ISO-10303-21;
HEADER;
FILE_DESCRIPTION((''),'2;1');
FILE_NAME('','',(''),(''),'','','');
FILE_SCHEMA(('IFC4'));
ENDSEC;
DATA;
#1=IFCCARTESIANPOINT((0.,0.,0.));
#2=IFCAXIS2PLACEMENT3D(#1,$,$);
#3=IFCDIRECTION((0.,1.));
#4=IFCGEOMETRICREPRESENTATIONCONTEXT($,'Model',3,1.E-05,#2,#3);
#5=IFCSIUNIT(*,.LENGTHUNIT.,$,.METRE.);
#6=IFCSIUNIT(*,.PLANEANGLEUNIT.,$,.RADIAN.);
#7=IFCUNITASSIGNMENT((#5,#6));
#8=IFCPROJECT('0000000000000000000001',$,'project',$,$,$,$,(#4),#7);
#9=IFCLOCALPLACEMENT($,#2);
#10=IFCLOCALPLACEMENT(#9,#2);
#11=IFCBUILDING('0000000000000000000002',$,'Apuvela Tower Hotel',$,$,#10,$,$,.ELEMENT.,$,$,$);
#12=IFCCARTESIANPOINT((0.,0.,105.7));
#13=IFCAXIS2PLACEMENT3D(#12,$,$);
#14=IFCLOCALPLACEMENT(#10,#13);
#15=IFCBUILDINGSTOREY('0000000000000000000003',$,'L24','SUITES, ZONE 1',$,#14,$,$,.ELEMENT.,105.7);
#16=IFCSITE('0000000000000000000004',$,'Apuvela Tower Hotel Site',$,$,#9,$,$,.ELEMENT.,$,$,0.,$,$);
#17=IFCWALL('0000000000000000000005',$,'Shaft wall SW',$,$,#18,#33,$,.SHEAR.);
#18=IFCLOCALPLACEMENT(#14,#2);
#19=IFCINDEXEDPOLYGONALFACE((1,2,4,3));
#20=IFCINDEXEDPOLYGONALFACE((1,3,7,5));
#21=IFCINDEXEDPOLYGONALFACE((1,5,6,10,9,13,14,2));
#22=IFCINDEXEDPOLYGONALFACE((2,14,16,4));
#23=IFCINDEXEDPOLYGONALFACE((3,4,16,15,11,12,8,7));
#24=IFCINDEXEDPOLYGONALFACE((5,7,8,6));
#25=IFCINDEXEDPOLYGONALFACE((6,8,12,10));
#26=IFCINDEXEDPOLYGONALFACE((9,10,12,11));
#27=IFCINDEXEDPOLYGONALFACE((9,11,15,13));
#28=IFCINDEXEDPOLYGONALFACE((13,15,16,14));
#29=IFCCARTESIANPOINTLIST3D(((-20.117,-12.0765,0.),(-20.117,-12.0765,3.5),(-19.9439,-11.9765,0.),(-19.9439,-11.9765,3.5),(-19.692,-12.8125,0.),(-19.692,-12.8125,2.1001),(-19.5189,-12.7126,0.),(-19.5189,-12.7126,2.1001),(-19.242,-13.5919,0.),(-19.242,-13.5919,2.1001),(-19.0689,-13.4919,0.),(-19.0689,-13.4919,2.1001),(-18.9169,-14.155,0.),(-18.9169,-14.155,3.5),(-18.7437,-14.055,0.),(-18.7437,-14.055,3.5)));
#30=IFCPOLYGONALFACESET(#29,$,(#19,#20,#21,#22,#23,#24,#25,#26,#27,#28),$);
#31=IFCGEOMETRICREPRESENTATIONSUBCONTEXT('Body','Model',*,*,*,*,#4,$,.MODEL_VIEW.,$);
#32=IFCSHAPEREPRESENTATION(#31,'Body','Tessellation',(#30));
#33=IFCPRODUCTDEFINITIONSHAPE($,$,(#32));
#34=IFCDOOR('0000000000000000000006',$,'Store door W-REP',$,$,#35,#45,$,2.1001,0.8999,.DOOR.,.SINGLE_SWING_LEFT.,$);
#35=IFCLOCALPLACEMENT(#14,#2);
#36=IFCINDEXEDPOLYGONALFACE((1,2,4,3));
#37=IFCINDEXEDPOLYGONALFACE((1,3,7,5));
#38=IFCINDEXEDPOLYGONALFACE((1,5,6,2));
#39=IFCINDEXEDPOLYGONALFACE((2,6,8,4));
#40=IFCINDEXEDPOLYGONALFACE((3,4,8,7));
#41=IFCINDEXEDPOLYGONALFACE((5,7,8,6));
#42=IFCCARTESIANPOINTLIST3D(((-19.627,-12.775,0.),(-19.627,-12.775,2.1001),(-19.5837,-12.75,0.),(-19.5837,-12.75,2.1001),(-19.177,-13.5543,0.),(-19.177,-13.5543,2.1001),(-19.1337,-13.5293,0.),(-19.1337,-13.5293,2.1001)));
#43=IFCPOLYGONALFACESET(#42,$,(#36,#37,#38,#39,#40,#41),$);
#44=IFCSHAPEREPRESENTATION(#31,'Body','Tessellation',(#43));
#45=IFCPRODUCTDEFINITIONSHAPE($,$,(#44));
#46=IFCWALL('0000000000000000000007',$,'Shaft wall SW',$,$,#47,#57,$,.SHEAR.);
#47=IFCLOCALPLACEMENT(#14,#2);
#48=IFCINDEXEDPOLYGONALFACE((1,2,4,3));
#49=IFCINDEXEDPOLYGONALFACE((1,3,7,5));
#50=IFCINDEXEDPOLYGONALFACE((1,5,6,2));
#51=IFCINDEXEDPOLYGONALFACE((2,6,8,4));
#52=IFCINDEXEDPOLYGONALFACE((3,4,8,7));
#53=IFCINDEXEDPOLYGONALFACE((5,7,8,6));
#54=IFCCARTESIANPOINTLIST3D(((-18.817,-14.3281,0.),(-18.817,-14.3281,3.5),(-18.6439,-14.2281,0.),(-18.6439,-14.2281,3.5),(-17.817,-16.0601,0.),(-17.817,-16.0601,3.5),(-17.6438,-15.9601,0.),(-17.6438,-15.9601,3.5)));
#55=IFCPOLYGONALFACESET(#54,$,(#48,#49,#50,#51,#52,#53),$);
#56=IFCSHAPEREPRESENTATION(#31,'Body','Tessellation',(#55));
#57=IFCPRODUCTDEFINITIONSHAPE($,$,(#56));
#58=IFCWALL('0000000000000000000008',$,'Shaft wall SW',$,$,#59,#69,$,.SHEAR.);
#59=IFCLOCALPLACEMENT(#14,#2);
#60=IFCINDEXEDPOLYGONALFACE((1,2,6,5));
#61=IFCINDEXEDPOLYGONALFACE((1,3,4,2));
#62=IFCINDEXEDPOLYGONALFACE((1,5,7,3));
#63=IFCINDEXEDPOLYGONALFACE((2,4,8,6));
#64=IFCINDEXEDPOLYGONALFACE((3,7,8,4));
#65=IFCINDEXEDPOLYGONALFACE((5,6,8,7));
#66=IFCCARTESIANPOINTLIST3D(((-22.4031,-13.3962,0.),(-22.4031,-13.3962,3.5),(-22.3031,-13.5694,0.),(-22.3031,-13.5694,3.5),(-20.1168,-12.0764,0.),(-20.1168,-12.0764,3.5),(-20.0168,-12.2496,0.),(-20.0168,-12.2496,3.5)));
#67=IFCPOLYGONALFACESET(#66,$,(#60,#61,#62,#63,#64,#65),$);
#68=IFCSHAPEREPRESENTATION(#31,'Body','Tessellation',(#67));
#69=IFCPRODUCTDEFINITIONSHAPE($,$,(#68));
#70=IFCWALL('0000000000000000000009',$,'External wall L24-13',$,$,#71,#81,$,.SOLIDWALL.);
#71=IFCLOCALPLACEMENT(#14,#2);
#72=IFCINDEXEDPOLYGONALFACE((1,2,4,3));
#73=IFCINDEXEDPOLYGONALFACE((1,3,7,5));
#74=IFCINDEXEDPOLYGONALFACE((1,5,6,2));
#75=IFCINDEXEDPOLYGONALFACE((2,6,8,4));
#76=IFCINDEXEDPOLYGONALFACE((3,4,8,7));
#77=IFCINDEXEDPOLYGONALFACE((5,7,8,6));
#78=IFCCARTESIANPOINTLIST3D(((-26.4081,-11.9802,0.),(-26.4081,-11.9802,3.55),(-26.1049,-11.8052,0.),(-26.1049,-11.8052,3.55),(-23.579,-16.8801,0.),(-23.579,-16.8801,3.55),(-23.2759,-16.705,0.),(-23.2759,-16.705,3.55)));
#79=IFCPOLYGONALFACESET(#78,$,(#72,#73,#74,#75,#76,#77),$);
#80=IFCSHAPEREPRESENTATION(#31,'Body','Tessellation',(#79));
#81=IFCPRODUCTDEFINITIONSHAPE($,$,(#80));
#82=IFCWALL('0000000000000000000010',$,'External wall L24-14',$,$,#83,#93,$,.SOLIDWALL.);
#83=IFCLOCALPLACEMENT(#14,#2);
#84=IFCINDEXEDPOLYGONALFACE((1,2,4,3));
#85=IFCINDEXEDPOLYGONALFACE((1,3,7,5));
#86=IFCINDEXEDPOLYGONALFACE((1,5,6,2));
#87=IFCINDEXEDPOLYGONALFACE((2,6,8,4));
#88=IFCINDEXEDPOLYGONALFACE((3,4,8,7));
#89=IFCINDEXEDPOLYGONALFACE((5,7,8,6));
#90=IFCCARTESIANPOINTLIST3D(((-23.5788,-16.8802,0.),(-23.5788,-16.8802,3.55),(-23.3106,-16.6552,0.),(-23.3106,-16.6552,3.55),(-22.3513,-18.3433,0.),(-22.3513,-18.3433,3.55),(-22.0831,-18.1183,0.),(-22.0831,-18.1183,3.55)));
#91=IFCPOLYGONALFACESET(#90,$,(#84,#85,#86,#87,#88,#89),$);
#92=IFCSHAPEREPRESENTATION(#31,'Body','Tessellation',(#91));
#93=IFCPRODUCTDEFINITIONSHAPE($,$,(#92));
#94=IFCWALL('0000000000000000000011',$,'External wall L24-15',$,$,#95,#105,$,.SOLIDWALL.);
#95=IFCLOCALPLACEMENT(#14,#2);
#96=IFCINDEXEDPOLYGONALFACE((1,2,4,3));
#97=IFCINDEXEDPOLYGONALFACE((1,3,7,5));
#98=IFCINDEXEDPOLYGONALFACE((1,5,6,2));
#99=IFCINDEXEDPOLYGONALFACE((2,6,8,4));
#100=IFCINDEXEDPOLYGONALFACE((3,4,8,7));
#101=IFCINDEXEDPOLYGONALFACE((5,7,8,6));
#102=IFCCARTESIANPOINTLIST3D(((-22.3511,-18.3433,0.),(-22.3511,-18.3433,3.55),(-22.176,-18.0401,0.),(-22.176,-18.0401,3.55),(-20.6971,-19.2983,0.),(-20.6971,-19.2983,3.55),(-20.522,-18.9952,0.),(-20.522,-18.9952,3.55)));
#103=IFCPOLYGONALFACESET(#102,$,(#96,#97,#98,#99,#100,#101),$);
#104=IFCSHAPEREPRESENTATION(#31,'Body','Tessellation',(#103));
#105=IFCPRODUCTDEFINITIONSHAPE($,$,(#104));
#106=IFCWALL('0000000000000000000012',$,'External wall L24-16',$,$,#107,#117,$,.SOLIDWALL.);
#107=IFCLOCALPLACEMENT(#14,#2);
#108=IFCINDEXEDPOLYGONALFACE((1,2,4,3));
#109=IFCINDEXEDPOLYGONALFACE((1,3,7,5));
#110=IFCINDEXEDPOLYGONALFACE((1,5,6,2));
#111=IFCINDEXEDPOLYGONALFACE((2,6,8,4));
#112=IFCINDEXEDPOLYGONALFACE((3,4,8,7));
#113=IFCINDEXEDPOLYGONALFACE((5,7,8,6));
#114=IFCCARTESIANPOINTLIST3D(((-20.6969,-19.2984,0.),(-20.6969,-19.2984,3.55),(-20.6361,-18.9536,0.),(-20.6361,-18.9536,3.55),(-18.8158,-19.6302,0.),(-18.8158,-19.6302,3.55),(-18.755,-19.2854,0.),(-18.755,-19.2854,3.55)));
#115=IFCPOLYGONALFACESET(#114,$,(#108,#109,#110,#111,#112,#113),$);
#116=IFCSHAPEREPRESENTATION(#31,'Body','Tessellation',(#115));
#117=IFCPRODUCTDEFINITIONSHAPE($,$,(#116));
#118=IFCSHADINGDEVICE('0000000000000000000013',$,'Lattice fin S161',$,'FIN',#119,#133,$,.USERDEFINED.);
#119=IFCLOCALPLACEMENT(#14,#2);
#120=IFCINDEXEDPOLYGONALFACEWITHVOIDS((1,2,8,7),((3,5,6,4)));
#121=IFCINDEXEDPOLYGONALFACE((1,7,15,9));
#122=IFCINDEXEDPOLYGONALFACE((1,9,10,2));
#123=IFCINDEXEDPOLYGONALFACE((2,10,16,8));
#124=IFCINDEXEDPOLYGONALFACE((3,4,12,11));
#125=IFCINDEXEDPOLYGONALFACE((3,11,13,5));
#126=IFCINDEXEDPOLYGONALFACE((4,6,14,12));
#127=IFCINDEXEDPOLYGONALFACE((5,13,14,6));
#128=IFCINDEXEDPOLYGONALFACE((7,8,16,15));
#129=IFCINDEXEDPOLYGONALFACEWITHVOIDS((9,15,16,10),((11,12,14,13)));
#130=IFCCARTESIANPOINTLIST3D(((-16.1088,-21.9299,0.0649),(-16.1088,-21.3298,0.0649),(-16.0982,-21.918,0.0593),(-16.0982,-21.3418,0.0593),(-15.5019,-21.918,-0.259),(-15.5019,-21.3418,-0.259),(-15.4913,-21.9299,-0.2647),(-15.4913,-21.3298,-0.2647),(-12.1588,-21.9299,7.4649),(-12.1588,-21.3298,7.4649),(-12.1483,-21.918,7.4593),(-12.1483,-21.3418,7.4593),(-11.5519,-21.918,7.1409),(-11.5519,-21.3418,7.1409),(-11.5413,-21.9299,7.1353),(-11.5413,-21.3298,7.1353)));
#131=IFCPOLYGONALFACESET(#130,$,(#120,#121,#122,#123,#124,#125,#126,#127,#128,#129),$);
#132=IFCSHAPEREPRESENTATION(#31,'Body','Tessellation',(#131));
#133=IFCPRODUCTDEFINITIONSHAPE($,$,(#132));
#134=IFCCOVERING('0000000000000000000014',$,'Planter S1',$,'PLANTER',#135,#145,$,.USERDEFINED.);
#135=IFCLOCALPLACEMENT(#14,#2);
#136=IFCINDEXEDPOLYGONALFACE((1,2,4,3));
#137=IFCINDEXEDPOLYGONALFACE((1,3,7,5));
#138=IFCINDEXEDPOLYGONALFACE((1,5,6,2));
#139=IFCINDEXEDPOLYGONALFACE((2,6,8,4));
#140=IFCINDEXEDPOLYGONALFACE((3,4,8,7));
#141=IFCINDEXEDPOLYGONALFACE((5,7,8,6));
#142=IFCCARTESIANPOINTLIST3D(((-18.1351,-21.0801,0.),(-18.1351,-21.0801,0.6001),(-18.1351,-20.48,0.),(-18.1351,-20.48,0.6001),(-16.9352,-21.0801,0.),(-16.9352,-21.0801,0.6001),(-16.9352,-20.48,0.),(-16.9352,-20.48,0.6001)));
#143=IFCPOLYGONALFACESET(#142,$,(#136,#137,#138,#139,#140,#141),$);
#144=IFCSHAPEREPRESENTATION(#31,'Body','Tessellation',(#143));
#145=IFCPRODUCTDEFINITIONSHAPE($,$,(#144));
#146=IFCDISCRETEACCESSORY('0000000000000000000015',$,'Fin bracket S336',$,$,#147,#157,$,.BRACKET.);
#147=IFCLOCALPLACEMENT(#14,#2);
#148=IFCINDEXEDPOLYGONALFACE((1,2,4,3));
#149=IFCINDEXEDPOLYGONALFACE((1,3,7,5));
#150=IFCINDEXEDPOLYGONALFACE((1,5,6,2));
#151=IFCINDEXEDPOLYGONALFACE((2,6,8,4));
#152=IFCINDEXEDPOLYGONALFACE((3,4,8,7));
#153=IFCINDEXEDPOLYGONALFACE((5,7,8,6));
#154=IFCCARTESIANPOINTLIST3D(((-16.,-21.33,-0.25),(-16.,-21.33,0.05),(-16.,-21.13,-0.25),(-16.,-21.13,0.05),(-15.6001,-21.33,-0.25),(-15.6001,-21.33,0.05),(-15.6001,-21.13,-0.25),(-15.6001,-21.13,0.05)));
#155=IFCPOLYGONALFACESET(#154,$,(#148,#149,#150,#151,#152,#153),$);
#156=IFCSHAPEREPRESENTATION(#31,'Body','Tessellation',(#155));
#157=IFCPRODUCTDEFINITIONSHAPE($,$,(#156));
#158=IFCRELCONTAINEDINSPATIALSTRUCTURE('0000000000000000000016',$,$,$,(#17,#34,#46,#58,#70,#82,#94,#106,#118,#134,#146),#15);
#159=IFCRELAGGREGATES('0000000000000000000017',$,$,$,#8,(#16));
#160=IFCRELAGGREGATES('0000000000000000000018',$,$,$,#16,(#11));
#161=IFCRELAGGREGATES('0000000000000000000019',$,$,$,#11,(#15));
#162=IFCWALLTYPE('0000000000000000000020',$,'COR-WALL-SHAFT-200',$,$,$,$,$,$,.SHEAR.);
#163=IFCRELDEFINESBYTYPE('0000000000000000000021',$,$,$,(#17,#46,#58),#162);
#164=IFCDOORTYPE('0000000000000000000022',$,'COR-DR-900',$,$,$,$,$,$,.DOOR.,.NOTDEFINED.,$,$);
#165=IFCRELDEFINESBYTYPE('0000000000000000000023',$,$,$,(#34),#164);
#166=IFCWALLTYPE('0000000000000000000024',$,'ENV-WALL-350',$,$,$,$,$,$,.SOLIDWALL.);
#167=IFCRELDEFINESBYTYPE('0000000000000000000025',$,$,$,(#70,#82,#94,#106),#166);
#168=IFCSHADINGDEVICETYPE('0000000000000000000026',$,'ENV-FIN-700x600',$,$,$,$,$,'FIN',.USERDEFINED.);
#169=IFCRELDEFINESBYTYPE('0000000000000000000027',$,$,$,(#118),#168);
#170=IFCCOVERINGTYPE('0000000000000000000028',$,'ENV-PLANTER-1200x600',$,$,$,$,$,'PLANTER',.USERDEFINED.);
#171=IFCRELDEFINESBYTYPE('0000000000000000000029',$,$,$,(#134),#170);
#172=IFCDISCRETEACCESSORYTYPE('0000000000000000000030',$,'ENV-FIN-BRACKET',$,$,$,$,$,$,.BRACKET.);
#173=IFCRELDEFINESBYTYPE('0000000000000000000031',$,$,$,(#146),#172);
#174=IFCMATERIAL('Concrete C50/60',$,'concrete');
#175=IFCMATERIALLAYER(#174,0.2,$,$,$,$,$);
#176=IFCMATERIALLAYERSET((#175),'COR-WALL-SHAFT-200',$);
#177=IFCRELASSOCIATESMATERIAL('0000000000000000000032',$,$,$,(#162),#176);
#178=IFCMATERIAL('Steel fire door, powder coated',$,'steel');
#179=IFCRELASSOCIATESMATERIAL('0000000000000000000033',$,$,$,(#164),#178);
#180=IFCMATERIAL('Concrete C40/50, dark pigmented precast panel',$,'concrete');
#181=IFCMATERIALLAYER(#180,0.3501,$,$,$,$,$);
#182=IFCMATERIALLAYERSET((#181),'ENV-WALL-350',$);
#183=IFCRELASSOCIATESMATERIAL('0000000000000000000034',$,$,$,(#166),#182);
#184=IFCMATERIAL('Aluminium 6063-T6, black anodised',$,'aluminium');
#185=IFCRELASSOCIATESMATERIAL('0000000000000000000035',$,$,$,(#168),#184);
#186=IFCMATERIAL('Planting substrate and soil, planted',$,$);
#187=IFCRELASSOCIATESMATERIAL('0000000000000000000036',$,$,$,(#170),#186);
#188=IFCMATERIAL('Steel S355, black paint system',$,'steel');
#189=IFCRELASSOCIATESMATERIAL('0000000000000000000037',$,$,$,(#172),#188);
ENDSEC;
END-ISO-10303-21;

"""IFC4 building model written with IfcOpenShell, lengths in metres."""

from ifc_helpers import new_model, si_unit, direction, frame, frame_2d, origin, origin_2d, place, context, subcontext, project, spatial, rectangle, hollow_rectangle, extrude, material, layer, layer_set, material_profile, profile_set, type_object, element, fill, save


model = new_model("IFC4")

# Units and contexts
model_context = context("Model", 3, precision=1e-05, world=origin(), true_north=direction((0.0, 1.0)))
body_context = subcontext(model_context, "Body", "Model", "MODEL_VIEW")
ifc_project = project(units=[si_unit("LENGTHUNIT", "METRE"), si_unit("PLANEANGLEUNIT", "RADIAN")], contexts=[model_context])

# Site, building, storey
site_placement = place(None, origin())
site = spatial("IfcSite", under=ifc_project, at=site_placement, Name="Apuvela Tower Hotel Site", CompositionType="ELEMENT", RefElevation=0.0)
building_placement = place(site_placement, origin())
building = spatial("IfcBuilding", under=site, at=building_placement, Name="Apuvela Tower Hotel", CompositionType="ELEMENT")
storey_placement = place(building_placement, frame((0.0, 0.0, 105.7)))
storey = spatial("IfcBuildingStorey", under=building, at=storey_placement, Name="L24", Description="SUITES, ZONE 1", CompositionType="ELEMENT", Elevation=105.7)

# Wall, opening, door
ifc_material_1 = material(Name="Concrete C50/60", Category="concrete")
ifc_layer_1 = layer(ifc_material_1, 0.2)
ifc_layer_set_1 = layer_set([ifc_layer_1], Name="COR-WALL-SHAFT-200")
wall_type_1 = type_object("IfcWallType", Name="COR-WALL-SHAFT-200", PredefinedType="SHEAR", material=ifc_layer_set_1)
wall_1_placement = place(storey_placement, frame((-20.0305, -12.0264, 0.0), z_axis=(0.0, 0.0, 1.0), x_axis=(0.500034, -0.866006, 0.0)))
wall_1 = element("IfcWall", 1, at=wall_1_placement, inside=storey, type_object=wall_type_1, Name="Shaft wall SW", PredefinedType="SHEAR", context=body_context, shape_type="SweptSolid", body=[
    extrude(rectangle(XDim=2.4001, YDim=0.2, at=frame_2d((1.2002, 0.0))), origin(), (0.0, 0.0, 1.0), 3.5),
])
opening_1_placement = place(wall_1_placement, frame((0.8501, 0.0, 0.0)))
opening_1 = element("IfcOpeningElement", 2, at=opening_1_placement, cuts=wall_1, PredefinedType="OPENING", context=body_context, shape_type="SweptSolid", body=[
    extrude(rectangle(XDim=0.8999, YDim=2.1001, at=frame_2d((0.45, 1.05))), frame((0.0, 0.1099, 0.0), z_axis=(0.0, -1.0, 0.0), x_axis=(1.0, 0.0, 0.0)), (0.0, 0.0, 1.0), 0.22),
])
ifc_material_2 = material(Name="Steel fire door, powder coated", Category="steel")
door_type_1 = type_object("IfcDoorType", Name="COR-DR-900", OperationType="NOTDEFINED", PredefinedType="DOOR", material=ifc_material_2)
door_1_placement = place(opening_1_placement, frame((0.8999, 0.0, 0.0), z_axis=(0.0, 0.0, 1.0), x_axis=(-1.0, 0.0, 0.0)))
door_1 = element("IfcDoor", 3, at=door_1_placement, inside=storey, type_object=door_type_1, Name="Store door W-REP", OperationType="SINGLE_SWING_LEFT", OverallHeight=2.1001, OverallWidth=0.8999, PredefinedType="DOOR", context=body_context, shape_type="SweptSolid", body=[
    extrude(rectangle(XDim=0.8999, YDim=2.1001, at=frame_2d((0.45, 1.05))), frame((0.0, 0.0249, 0.0), z_axis=(0.0, -1.0, 0.0), x_axis=(1.0, 0.0, 0.0)), (0.0, 0.0, 1.0), 0.05),
])
fill(opening_1, door_1)

# Walls
wall_2_placement = place(storey_placement, frame((-18.7305, -14.2781, 0.0), z_axis=(0.0, 0.0, 1.0), x_axis=(0.500025, -0.866011, 0.0)))
element("IfcWall", 4, at=wall_2_placement, inside=storey, type_object=wall_type_1, Name="Shaft wall SW", PredefinedType="SHEAR", context=body_context, shape_type="SweptSolid", body=[
    extrude(rectangle(XDim=2.0, YDim=0.2, at=frame_2d((1.0, 0.0))), origin(), (0.0, 0.0, 1.0), 3.5),
])
wall_3_placement = place(storey_placement, frame((-20.0669, -12.1631, 0.0), z_axis=(0.0, 0.0, 1.0), x_axis=(-0.866061, -0.499939, 0.0)))
element("IfcWall", 5, at=wall_3_placement, inside=storey, type_object=wall_type_1, Name="Shaft wall SW", PredefinedType="SHEAR", context=body_context, shape_type="SweptSolid", body=[
    extrude(rectangle(XDim=2.6399, YDim=0.2, at=frame_2d((1.3198, 0.0))), origin(), (0.0, 0.0, 1.0), 3.5),
])
ifc_material_3 = material(Name="Concrete C40/50, dark pigmented precast panel", Category="concrete")
ifc_layer_2 = layer(ifc_material_3, 0.3501)
ifc_layer_set_2 = layer_set([ifc_layer_2], Name="ENV-WALL-350")
wall_type_2 = type_object("IfcWallType", Name="ENV-WALL-350", PredefinedType="SOLIDWALL", material=ifc_layer_set_2)
wall_4_placement = place(storey_placement, frame((-26.2566, -11.8926, 0.0), z_axis=(0.0, 0.0, 1.0), x_axis=(0.500019, -0.866015, 0.0)))
element("IfcWall", 6, at=wall_4_placement, inside=storey, type_object=wall_type_2, Name="External wall L24-13", PredefinedType="SOLIDWALL", context=body_context, shape_type="SweptSolid", body=[
    extrude(rectangle(XDim=5.658, YDim=0.3501, at=frame_2d((2.8291, 0.0))), origin(), (0.0, 0.0, 1.0), 3.55),
])
for number, where, z_axis, x_axis, name in (
    (7, (-23.4448, -16.7676, 0.0), (0.0, 0.0, 1.0), (0.642733, -0.76609, 0.0), "External wall L24-14"),
    (8, (-22.2637, -18.1917, 0.0), (0.0, 0.0, 1.0), (0.866, -0.500043, 0.0), "External wall L24-15"),
):
    element("IfcWall", number, at=place(storey_placement, frame(where, z_axis=z_axis, x_axis=x_axis)), inside=storey, type_object=wall_type_2, Name=name, PredefinedType="SOLIDWALL", context=body_context, shape_type="SweptSolid", body=[
        extrude(rectangle(XDim=1.9099, YDim=0.3501, at=frame_2d((0.9551, 0.0))), origin(), (0.0, 0.0, 1.0), 3.55),
    ])
wall_5_placement = place(storey_placement, frame((-20.6665, -19.126, 0.0), z_axis=(0.0, 0.0, 1.0), x_axis=(0.984799, -0.173698, 0.0)))
element("IfcWall", 9, at=wall_5_placement, inside=storey, type_object=wall_type_2, Name="External wall L24-16", PredefinedType="SOLIDWALL", context=body_context, shape_type="SweptSolid", body=[
    extrude(rectangle(XDim=1.9102, YDim=0.3501, at=frame_2d((0.9551, 0.0))), origin(), (0.0, 0.0, 1.0), 3.55),
])

# Shading device
ifc_material_4 = material(Name="Aluminium 6063-T6, black anodised", Category="aluminium")
ifc_material_profile_1 = material_profile(ifc_material_4, hollow_rectangle(XDim=0.6001, YDim=0.7, WallThickness=0.012, at=origin_2d()), Name="AL BOX 700x600x12")
ifc_profile_set_1 = profile_set([ifc_material_profile_1], Name="Aluminium 6063-T6, black anodised")
shading_device_type = type_object("IfcShadingDeviceType", Name="ENV-FIN-700x600", ElementType="FIN", PredefinedType="USERDEFINED", material=ifc_profile_set_1)
shading_device_placement = place(storey_placement, frame((-15.8, -21.6299, -0.0999), z_axis=(0.470898, 0.0, 0.882188), x_axis=(0.0, 1.0, 0.0)))
element("IfcShadingDevice", 10, at=shading_device_placement, inside=storey, type_object=shading_device_type, Name="Lattice fin S161", ObjectType="FIN", PredefinedType="USERDEFINED", context=body_context, shape_type="SweptSolid", body=[
    extrude(hollow_rectangle(XDim=0.6001, YDim=0.7, WallThickness=0.012, at=origin_2d()), origin(), (0.0, 0.0, 1.0), 8.3882),
])

# Covering
ifc_material_5 = material(Name="Planting substrate and soil, planted")
covering_type = type_object("IfcCoveringType", Name="ENV-PLANTER-1200x600", ElementType="PLANTER", PredefinedType="USERDEFINED", material=ifc_material_5)
covering_placement = place(storey_placement, frame((-17.5352, -20.78, 0.0), z_axis=(0.0, 0.0, 1.0), x_axis=(1.0, 0.0, 0.0)))
element("IfcCovering", 11, at=covering_placement, inside=storey, type_object=covering_type, Name="Planter S1", ObjectType="PLANTER", PredefinedType="USERDEFINED", context=body_context, shape_type="SweptSolid", body=[
    extrude(rectangle(XDim=1.2, YDim=0.6001, at=origin_2d()), origin(), (0.0, 0.0, 1.0), 0.6001),
])

# Discrete accessory
ifc_material_6 = material(Name="Steel S355, black paint system", Category="steel")
discrete_accessory_type = type_object("IfcDiscreteAccessoryType", Name="ENV-FIN-BRACKET", PredefinedType="BRACKET", material=ifc_material_6)
discrete_accessory_placement = place(storey_placement, frame((-15.8, -21.23, -0.25), z_axis=(0.0, 0.0, 1.0), x_axis=(1.0, 0.0, 0.0)))
element("IfcDiscreteAccessory", 12, at=discrete_accessory_placement, inside=storey, type_object=discrete_accessory_type, Name="Fin bracket S336", PredefinedType="BRACKET", context=body_context, shape_type="SweptSolid", body=[
    extrude(rectangle(XDim=0.3999, YDim=0.2, at=origin_2d()), origin(), (0.0, 0.0, 1.0), 0.3),
])

save(model, "model.ifc")
